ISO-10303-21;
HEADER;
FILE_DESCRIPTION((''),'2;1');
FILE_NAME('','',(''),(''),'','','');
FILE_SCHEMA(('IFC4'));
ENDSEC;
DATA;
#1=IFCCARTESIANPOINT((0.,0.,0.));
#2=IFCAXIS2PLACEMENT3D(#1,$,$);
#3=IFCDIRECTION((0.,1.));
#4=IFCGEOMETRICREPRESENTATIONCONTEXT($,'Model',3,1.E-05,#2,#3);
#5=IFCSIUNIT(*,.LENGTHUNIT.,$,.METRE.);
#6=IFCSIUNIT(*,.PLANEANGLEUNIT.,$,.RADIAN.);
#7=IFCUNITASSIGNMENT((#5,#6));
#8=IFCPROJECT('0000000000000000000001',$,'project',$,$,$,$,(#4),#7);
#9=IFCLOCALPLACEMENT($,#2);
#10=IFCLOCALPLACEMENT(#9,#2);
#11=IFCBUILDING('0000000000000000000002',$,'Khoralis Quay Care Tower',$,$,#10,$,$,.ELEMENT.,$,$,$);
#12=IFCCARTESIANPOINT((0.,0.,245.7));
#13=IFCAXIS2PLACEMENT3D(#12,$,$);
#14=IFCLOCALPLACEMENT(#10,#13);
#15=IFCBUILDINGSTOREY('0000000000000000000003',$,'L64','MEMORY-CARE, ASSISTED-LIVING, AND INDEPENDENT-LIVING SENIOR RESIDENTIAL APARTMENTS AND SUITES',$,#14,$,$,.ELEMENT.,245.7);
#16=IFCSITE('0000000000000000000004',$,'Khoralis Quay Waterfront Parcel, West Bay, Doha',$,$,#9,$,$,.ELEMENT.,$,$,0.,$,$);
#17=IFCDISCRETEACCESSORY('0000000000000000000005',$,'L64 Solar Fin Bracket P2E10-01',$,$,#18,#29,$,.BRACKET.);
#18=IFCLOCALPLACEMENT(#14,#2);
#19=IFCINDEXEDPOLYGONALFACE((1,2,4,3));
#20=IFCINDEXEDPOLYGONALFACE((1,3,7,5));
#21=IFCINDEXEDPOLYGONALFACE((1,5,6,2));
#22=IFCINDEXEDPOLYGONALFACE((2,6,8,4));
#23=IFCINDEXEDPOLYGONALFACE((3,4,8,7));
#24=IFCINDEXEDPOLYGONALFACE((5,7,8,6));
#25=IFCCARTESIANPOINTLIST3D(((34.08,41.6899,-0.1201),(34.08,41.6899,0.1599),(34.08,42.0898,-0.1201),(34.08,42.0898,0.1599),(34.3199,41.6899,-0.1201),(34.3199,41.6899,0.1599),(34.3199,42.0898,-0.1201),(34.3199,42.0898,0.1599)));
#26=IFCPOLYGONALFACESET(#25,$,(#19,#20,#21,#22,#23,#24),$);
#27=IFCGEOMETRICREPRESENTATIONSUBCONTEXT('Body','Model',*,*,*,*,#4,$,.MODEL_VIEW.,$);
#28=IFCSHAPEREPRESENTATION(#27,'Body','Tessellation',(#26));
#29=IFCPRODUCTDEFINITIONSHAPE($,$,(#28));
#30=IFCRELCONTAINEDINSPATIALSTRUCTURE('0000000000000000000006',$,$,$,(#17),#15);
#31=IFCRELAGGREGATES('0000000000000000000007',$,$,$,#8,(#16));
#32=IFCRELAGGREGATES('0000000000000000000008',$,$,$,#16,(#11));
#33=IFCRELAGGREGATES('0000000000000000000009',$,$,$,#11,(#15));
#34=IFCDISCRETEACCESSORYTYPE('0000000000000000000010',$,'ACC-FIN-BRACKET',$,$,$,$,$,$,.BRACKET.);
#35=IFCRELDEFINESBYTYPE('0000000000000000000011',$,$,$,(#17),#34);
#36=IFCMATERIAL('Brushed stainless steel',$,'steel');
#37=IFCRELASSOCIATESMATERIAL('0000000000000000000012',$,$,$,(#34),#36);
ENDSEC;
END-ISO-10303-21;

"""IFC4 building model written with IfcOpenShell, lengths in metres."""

from ifc_helpers import new_model, si_unit, direction, frame, origin, origin_2d, place, context, subcontext, project, spatial, rectangle, extrude, source, transform, mapped, material, type_object, element, save


model = new_model("IFC4")

# Units and contexts
model_context = context("Model", 3, precision=1e-05, world=origin(), true_north=direction((0.0, 1.0)))
body_context = subcontext(model_context, "Body", "Model", "MODEL_VIEW")
ifc_project = project(units=[si_unit("LENGTHUNIT", "METRE"), si_unit("PLANEANGLEUNIT", "RADIAN")], contexts=[model_context])

# Site, building, storey
site_placement = place(None, origin())
site = spatial("IfcSite", under=ifc_project, at=site_placement, Name="Khoralis Quay Waterfront Parcel, West Bay, Doha", CompositionType="ELEMENT", RefElevation=0.0)
building_placement = place(site_placement, origin())
building = spatial("IfcBuilding", under=site, at=building_placement, Name="Khoralis Quay Care Tower", CompositionType="ELEMENT")
storey_placement = place(building_placement, frame((0.0, 0.0, 245.7)))
storey = spatial("IfcBuildingStorey", under=building, at=storey_placement, Name="L64", Description="MEMORY-CARE, ASSISTED-LIVING, AND INDEPENDENT-LIVING SENIOR RESIDENTIAL APARTMENTS AND SUITES", CompositionType="ELEMENT", Elevation=245.7)

# Discrete accessory
ifc_material_1 = material(Name="Brushed stainless steel", Category="steel")
discrete_accessory_type = type_object("IfcDiscreteAccessoryType", Name="ACC-FIN-BRACKET", PredefinedType="BRACKET", material=ifc_material_1)
shared_shape_1 = source(origin(), body_context, "Body", "SweptSolid", [
    extrude(rectangle(XDim=0.3999, YDim=0.24, at=origin_2d()), origin(), (0.0, 0.0, 1.0), 0.28),
])
discrete_accessory_placement = place(storey_placement, frame((34.2, 41.8899, -0.1201), z_axis=(0.0, 0.0, 1.0), x_axis=(0.0, 1.0, 0.0)))
element("IfcDiscreteAccessory", 1, at=discrete_accessory_placement, inside=storey, type_object=discrete_accessory_type, Name="L64 Solar Fin Bracket P2E10-01", PredefinedType="BRACKET", context=body_context, shape_type="MappedRepresentation", body=[
    mapped(shared_shape_1, transform((0.0, 0.0, 0.0), scale=1.0)),
])

save(model, "model.ifc")
